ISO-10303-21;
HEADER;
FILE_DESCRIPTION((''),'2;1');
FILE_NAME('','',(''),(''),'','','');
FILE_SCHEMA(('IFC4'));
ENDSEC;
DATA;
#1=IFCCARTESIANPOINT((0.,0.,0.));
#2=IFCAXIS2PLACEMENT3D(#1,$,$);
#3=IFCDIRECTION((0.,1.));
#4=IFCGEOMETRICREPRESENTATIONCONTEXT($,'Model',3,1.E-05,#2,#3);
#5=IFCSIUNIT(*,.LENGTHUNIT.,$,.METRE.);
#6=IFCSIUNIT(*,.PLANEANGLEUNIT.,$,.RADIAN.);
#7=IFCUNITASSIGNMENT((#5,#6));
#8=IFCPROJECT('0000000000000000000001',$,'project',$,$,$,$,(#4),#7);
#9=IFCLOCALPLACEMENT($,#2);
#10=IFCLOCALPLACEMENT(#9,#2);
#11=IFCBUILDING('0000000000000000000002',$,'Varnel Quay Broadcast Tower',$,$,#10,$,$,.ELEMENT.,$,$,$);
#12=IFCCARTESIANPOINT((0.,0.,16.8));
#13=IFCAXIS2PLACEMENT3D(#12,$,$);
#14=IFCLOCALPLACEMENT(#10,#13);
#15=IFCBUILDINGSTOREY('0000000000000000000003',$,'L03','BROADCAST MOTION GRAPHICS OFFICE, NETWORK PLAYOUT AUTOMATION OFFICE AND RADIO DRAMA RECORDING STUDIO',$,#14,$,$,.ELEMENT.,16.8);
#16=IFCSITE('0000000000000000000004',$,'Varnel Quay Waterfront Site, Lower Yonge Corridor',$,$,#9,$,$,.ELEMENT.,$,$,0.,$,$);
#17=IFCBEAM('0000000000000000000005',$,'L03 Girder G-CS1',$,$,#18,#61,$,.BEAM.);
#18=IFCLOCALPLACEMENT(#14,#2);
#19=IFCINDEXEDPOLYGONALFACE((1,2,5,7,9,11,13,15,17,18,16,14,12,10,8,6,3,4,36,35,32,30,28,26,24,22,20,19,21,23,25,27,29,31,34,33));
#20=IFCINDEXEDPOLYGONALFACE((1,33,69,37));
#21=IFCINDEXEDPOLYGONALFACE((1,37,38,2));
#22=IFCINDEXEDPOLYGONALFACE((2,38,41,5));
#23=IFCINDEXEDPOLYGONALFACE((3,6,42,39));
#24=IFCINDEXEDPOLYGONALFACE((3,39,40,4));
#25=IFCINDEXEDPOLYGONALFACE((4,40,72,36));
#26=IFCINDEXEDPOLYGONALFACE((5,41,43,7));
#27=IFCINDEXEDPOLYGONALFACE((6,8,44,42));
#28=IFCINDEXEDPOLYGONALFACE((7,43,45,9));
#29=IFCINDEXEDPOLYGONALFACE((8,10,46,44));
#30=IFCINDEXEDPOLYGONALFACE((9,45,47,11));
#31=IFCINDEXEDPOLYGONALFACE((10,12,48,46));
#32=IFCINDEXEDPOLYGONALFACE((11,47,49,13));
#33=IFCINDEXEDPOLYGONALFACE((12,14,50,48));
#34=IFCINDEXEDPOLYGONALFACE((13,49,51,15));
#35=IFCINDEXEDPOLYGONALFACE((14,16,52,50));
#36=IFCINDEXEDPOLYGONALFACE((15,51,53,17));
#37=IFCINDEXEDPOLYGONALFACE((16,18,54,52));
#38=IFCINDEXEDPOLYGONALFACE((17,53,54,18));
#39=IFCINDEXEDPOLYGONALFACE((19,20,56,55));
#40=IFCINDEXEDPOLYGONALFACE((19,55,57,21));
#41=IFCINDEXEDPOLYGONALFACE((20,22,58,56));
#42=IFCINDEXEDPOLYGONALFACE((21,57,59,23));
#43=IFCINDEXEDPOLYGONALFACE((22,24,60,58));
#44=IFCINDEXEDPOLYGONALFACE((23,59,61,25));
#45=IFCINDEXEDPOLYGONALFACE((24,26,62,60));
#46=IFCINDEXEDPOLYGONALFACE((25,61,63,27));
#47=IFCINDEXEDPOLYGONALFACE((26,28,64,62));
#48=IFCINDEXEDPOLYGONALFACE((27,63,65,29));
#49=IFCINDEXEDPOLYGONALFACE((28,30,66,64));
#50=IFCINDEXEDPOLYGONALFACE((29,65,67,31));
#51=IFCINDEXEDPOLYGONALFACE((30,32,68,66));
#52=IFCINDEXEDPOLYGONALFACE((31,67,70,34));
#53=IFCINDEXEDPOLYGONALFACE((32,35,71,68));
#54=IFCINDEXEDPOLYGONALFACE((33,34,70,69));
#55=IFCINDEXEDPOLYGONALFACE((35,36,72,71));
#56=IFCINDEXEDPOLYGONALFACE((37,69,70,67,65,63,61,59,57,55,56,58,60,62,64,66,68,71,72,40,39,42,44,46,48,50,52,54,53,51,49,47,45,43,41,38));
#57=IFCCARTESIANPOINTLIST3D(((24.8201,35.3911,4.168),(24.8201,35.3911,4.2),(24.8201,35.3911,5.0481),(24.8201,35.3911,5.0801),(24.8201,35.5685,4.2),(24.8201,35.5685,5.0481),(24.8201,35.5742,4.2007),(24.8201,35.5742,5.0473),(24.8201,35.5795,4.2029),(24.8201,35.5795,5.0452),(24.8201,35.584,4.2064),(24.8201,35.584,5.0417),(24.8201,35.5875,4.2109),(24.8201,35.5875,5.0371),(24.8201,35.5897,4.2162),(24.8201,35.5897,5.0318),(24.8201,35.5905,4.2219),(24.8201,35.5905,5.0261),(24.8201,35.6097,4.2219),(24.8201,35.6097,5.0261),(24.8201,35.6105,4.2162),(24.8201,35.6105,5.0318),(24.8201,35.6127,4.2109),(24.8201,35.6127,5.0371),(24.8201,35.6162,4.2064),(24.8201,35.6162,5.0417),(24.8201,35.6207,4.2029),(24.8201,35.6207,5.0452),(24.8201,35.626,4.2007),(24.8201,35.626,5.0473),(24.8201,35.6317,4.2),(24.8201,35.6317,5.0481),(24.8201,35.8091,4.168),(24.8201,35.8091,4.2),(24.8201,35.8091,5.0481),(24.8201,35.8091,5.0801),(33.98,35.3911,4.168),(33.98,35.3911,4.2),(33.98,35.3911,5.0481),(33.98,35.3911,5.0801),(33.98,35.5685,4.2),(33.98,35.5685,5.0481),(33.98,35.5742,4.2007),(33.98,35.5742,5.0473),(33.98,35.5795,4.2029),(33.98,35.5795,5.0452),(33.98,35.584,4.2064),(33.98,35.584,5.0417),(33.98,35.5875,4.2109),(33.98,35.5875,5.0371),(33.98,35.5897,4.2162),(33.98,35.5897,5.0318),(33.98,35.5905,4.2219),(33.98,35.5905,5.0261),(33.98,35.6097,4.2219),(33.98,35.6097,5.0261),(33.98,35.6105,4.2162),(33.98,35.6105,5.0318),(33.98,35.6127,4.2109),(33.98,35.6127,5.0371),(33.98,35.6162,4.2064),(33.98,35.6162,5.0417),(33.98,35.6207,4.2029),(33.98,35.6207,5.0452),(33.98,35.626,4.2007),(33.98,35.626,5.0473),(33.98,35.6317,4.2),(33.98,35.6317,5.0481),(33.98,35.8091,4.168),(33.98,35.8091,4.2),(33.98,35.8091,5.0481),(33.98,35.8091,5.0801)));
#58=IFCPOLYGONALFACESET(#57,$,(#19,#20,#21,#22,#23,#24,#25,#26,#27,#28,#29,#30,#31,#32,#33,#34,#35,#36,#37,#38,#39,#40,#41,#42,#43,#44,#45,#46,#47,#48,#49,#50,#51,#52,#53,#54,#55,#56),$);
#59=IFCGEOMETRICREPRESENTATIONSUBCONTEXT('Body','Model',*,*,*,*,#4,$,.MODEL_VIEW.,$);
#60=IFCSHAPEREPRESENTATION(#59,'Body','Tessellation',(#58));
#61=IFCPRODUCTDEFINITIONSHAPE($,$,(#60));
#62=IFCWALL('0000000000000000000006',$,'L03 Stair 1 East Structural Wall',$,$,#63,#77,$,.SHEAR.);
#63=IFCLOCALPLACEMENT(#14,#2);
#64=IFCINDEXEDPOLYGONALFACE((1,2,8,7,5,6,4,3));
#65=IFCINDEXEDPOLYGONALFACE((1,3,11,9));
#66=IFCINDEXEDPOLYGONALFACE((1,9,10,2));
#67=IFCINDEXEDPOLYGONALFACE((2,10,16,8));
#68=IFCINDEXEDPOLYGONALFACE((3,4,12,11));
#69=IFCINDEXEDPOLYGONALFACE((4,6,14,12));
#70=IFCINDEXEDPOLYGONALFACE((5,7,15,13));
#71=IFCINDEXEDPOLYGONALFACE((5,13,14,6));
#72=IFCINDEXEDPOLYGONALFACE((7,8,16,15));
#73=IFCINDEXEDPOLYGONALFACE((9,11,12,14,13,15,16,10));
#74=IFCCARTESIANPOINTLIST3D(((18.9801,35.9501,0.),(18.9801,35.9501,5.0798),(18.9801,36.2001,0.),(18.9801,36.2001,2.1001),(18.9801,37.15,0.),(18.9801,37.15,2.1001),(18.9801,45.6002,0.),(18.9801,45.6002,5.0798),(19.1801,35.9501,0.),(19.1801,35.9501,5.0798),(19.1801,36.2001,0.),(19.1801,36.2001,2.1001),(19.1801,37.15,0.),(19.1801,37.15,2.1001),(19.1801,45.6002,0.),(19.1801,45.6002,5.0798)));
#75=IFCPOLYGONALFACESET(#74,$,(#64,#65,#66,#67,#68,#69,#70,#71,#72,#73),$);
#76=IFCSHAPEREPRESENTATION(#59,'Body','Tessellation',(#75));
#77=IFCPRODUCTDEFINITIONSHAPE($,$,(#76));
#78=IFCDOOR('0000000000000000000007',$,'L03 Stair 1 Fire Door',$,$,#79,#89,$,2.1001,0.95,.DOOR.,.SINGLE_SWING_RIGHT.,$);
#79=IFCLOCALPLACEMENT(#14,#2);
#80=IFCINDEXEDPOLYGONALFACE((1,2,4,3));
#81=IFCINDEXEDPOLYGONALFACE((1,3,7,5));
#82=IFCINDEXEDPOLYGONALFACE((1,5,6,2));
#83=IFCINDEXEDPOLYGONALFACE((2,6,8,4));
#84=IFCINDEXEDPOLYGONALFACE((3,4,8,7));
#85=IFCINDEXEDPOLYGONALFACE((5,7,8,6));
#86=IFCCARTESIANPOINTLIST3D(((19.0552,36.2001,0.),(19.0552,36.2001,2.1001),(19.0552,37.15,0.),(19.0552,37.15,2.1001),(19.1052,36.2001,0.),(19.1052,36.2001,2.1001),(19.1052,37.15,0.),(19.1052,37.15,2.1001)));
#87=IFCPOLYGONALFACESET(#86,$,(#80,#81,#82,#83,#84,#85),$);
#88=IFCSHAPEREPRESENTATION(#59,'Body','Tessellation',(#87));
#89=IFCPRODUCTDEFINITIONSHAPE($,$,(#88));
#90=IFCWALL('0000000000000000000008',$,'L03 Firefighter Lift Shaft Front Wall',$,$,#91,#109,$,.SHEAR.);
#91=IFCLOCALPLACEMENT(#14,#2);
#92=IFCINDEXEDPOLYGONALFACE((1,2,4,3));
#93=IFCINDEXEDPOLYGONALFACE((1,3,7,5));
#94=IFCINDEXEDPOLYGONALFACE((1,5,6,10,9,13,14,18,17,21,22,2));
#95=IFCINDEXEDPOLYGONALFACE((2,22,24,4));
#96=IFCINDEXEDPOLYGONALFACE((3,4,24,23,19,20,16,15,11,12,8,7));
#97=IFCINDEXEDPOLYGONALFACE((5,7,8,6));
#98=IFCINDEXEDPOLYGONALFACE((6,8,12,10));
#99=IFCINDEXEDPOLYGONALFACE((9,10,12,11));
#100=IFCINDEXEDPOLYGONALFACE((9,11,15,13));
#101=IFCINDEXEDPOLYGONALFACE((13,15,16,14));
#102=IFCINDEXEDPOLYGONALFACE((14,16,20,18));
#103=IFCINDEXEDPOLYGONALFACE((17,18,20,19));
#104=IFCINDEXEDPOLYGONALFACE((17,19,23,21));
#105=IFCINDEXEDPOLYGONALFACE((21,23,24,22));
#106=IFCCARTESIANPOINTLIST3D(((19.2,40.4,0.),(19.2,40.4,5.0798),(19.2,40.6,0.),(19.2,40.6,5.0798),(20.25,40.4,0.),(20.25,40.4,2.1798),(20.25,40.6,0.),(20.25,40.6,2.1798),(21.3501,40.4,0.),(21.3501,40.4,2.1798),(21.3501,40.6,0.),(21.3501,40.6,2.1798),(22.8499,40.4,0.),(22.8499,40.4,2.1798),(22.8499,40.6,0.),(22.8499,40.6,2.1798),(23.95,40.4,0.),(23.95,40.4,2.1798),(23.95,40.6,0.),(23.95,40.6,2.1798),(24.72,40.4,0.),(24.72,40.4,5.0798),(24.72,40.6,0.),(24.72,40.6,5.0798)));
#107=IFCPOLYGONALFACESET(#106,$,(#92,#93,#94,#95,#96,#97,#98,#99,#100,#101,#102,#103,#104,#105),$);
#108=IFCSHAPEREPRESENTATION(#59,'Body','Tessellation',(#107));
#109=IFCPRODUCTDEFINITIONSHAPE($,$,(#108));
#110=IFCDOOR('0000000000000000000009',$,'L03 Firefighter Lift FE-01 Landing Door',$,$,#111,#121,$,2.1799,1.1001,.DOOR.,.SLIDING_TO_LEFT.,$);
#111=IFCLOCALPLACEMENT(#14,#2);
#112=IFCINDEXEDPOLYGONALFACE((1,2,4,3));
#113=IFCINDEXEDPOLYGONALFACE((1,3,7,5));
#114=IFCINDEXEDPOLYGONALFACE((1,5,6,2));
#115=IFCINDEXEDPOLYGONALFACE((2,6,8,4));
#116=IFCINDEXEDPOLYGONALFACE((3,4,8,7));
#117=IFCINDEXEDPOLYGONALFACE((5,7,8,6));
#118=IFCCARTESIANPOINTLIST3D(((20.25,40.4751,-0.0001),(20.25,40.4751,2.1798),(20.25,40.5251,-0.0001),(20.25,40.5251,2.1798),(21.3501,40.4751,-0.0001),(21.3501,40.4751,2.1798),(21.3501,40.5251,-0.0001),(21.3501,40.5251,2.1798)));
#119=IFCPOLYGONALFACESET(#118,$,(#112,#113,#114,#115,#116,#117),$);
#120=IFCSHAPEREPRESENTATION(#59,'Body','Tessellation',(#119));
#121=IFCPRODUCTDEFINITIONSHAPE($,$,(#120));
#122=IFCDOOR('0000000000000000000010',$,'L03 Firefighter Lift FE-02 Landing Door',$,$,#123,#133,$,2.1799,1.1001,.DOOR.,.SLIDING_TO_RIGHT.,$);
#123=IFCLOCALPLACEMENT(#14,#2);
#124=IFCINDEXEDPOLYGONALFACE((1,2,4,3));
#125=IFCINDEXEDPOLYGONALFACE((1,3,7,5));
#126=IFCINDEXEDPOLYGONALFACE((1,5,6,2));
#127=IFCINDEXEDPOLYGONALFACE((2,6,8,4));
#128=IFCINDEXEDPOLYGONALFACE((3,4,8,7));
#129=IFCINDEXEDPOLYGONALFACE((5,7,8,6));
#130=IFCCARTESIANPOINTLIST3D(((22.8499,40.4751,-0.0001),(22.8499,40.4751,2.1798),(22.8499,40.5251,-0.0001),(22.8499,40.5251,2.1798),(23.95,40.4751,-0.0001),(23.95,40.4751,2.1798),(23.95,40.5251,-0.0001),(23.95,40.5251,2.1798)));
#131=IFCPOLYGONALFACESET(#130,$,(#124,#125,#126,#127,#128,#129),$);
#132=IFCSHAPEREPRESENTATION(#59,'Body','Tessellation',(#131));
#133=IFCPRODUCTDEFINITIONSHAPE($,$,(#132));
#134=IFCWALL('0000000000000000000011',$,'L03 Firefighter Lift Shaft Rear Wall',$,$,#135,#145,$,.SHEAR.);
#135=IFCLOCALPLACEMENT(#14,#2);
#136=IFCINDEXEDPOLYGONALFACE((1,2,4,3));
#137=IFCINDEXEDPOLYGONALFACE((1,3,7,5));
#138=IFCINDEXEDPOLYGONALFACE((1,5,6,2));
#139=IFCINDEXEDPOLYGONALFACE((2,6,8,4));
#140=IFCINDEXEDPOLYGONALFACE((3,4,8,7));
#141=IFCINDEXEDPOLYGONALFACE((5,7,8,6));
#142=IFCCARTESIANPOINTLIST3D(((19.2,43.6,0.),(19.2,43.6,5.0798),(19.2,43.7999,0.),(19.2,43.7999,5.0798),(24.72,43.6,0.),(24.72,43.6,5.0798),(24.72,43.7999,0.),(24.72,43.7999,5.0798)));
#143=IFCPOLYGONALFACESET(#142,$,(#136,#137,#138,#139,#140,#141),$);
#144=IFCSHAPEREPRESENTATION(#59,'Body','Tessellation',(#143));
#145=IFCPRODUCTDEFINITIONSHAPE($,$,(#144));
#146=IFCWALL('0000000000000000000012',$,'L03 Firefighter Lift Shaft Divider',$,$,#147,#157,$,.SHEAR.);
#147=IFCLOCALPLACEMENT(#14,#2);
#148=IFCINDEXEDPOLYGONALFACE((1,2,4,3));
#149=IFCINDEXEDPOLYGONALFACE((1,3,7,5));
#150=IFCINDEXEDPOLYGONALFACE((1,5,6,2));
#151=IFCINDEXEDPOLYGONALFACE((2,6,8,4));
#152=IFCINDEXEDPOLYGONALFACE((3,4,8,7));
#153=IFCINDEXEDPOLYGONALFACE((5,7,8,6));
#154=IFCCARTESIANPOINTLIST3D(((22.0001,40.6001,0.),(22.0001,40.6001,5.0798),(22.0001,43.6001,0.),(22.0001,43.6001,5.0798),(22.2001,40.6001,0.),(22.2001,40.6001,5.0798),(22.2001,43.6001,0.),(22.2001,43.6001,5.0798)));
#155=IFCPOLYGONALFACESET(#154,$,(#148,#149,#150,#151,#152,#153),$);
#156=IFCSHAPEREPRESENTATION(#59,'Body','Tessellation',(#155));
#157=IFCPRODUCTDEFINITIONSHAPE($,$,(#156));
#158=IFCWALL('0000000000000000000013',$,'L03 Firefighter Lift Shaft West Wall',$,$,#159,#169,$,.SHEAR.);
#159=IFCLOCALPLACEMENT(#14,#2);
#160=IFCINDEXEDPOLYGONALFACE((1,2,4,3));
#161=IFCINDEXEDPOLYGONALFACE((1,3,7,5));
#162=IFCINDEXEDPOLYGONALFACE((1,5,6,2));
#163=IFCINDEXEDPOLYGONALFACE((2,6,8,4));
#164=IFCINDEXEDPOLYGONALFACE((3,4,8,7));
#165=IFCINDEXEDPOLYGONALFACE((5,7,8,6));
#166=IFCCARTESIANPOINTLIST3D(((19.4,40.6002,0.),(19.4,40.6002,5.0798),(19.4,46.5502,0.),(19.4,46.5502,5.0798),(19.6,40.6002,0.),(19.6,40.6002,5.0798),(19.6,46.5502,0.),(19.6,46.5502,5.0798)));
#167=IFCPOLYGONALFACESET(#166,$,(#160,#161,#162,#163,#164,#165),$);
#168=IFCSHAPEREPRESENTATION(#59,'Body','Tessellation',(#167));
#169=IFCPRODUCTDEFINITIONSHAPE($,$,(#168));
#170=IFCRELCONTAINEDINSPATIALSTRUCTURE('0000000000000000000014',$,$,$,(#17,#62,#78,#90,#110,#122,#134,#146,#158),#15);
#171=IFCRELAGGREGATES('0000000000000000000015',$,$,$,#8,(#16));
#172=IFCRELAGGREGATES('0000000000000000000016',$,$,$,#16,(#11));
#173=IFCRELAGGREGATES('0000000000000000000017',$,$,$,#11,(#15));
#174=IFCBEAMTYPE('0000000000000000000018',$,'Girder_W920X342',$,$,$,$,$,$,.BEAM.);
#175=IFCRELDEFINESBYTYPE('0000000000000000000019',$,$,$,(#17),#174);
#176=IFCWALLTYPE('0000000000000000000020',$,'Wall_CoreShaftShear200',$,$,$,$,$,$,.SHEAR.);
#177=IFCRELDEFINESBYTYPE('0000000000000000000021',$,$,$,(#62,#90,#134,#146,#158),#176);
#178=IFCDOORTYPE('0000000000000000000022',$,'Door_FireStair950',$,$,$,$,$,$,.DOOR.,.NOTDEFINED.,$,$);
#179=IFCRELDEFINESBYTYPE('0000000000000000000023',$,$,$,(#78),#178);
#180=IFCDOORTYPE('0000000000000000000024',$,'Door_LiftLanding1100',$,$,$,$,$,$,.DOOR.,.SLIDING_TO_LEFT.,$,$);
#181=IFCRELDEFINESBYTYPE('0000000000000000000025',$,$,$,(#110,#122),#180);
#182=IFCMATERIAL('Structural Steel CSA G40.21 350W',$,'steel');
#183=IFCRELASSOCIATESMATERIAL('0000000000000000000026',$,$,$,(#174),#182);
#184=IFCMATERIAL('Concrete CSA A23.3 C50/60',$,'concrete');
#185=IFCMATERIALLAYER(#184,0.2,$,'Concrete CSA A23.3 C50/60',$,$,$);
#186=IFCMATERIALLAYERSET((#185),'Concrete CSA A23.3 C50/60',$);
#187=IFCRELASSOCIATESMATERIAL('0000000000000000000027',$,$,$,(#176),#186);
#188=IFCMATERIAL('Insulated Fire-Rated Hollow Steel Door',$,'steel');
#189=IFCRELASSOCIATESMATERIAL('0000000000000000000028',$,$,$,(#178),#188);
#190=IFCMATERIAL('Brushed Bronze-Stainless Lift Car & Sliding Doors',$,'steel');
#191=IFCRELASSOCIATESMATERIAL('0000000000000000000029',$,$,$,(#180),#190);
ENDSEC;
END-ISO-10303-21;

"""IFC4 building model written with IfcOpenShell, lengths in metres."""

from ifc_helpers import new_model, si_unit, direction, frame, frame_2d, origin, origin_2d, place, context, subcontext, project, spatial, rectangle, i_section, extrude, source, transform, mapped, material, layer, layer_set, material_profile, profile_set, type_object, type_shapes, element, fill, save


model = new_model("IFC4")

# Units and contexts
model_context = context("Model", 3, precision=1e-05, world=origin(), true_north=direction((0.0, 1.0)))
body_context = subcontext(model_context, "Body", "Model", "MODEL_VIEW")
ifc_project = project(units=[si_unit("LENGTHUNIT", "METRE"), si_unit("PLANEANGLEUNIT", "RADIAN")], contexts=[model_context])

# Site, building, storey
site_placement = place(None, origin())
site = spatial("IfcSite", under=ifc_project, at=site_placement, Name="Varnel Quay Waterfront Site, Lower Yonge Corridor", CompositionType="ELEMENT", RefElevation=0.0)
building_placement = place(site_placement, origin())
building = spatial("IfcBuilding", under=site, at=building_placement, Name="Varnel Quay Broadcast Tower", CompositionType="ELEMENT")
storey_placement = place(building_placement, frame((0.0, 0.0, 16.8)))
storey = spatial("IfcBuildingStorey", under=building, at=storey_placement, Name="L03", Description="BROADCAST MOTION GRAPHICS OFFICE, NETWORK PLAYOUT AUTOMATION OFFICE AND RADIO DRAMA RECORDING STUDIO", CompositionType="ELEMENT", Elevation=16.8)

# Beam
ifc_material_1 = material(Name="Structural Steel CSA G40.21 350W", Category="steel")
ifc_material_profile_1 = material_profile(ifc_material_1, i_section(OverallWidth=0.418, OverallDepth=0.9121, WebThickness=0.0193, FlangeThickness=0.032, FilletRadius=0.022, at=origin_2d()), Name="W920X342")
ifc_profile_set_1 = profile_set([ifc_material_profile_1], Name="Structural Steel CSA G40.21 350W")
beam_type_1 = type_object("IfcBeamType", Name="Girder_W920X342", PredefinedType="BEAM", material=ifc_profile_set_1)
shared_shape_1 = source(origin(), body_context, "Body", "SweptSolid", [
    extrude(i_section(OverallWidth=0.418, OverallDepth=0.9121, WebThickness=0.0193, FlangeThickness=0.032, FilletRadius=0.022, at=origin_2d()), origin(), (0.0, 0.0, 1.0), 9.1599),
])
type_shapes(beam_type_1, [shared_shape_1])
beam_1_placement = place(storey_placement, frame((24.8201, 35.6001, 4.624), z_axis=(1.0, 0.0, 0.0), x_axis=(0.0, 1.0, 0.0)))
element("IfcBeam", 1, at=beam_1_placement, inside=storey, type_object=beam_type_1, Name="L03 Girder G-CS1", PredefinedType="BEAM", context=body_context, shape_type="MappedRepresentation", body=[
    mapped(shared_shape_1, transform((0.0, 0.0, 0.0), x_axis=(1.0, 0.0, 0.0), y_axis=(0.0, 1.0, 0.0), z_axis=(0.0, 0.0, 1.0), scale=1.0)),
])

# Wall, opening, door
ifc_material_2 = material(Name="Concrete CSA A23.3 C50/60", Category="concrete")
ifc_layer_1 = layer(ifc_material_2, 0.2, Name="Concrete CSA A23.3 C50/60")
ifc_layer_set_1 = layer_set([ifc_layer_1], Name="Concrete CSA A23.3 C50/60")
wall_type_1 = type_object("IfcWallType", Name="Wall_CoreShaftShear200", PredefinedType="SHEAR", material=ifc_layer_set_1)
wall_1_placement = place(storey_placement, frame((19.0801, 35.95, 0.0), z_axis=(0.0, 0.0, 1.0), x_axis=(0.0, 1.0, 0.0)))
wall_1 = element("IfcWall", 2, at=wall_1_placement, inside=storey, type_object=wall_type_1, Name="L03 Stair 1 East Structural Wall", PredefinedType="SHEAR", context=body_context, shape_type="SweptSolid", body=[
    extrude(rectangle(XDim=9.6501, YDim=0.2, at=frame_2d((4.8252, 0.0))), origin(), (0.0, 0.0, 1.0), 5.0798),
])
opening_1_placement = place(wall_1_placement, frame((0.25, 0.0, 0.0)))
opening_1 = element("IfcOpeningElement", 3, at=opening_1_placement, cuts=wall_1, PredefinedType="OPENING", context=body_context, shape_type="SweptSolid", body=[
    extrude(rectangle(XDim=0.95, YDim=2.1001, at=frame_2d((0.4751, 1.05))), frame((0.0, 0.1099, 0.0), z_axis=(0.0, -1.0, 0.0), x_axis=(1.0, 0.0, 0.0)), (0.0, 0.0, 1.0), 0.22),
])
ifc_material_3 = material(Name="Insulated Fire-Rated Hollow Steel Door", Category="steel")
door_type_1 = type_object("IfcDoorType", Name="Door_FireStair950", OperationType="NOTDEFINED", PredefinedType="DOOR", material=ifc_material_3)
shared_shape_2 = source(origin(), body_context, "Body", "SweptSolid", [
    extrude(rectangle(XDim=0.95, YDim=2.1001, at=frame_2d((0.4751, 1.05))), frame((0.0, 0.0249, 0.0), z_axis=(0.0, -1.0, 0.0), x_axis=(1.0, 0.0, 0.0)), (0.0, 0.0, 1.0), 0.05),
])
type_shapes(door_type_1, [shared_shape_2])
door_1_placement = place(opening_1_placement, origin())
door_1 = element("IfcDoor", 4, at=door_1_placement, inside=storey, type_object=door_type_1, Name="L03 Stair 1 Fire Door", OperationType="SINGLE_SWING_RIGHT", OverallHeight=2.1001, OverallWidth=0.95, PredefinedType="DOOR", context=body_context, shape_type="MappedRepresentation", body=[
    mapped(shared_shape_2, transform((0.0, 0.0, 0.0), x_axis=(1.0, 0.0, 0.0), y_axis=(0.0, 1.0, 0.0), z_axis=(0.0, 0.0, 1.0), scale=1.0)),
])
fill(opening_1, door_1)

# Wall, openings, doors
wall_2_placement = place(storey_placement, frame((19.2, 40.5, 0.0), z_axis=(0.0, 0.0, 1.0), x_axis=(1.0, 0.0, 0.0)))
wall_2 = element("IfcWall", 5, at=wall_2_placement, inside=storey, type_object=wall_type_1, Name="L03 Firefighter Lift Shaft Front Wall", PredefinedType="SHEAR", context=body_context, shape_type="SweptSolid", body=[
    extrude(rectangle(XDim=5.52, YDim=0.2, at=frame_2d((2.76, 0.0))), origin(), (0.0, 0.0, 1.0), 5.0798),
])
opening_2_placement = place(wall_2_placement, frame((1.05, 0.0, 0.0)))
opening_2 = element("IfcOpeningElement", 6, at=opening_2_placement, cuts=wall_2, PredefinedType="OPENING", context=body_context, shape_type="SweptSolid", body=[
    extrude(rectangle(XDim=1.1001, YDim=2.1799, at=frame_2d((0.55, 1.0898))), frame((0.0, 0.1099, 0.0), z_axis=(0.0, -1.0, 0.0), x_axis=(1.0, 0.0, 0.0)), (0.0, 0.0, 1.0), 0.22),
])
opening_3_placement = place(wall_2_placement, frame((3.6499, 0.0, 0.0)))
opening_3 = element("IfcOpeningElement", 7, at=opening_3_placement, cuts=wall_2, PredefinedType="OPENING", context=body_context, shape_type="SweptSolid", body=[
    extrude(rectangle(XDim=1.1001, YDim=2.1799, at=frame_2d((0.55, 1.0898))), frame((0.0, 0.1099, 0.0), z_axis=(0.0, -1.0, 0.0), x_axis=(1.0, 0.0, 0.0)), (0.0, 0.0, 1.0), 0.22),
])
ifc_material_4 = material(Name="Brushed Bronze-Stainless Lift Car & Sliding Doors", Category="steel")
door_type_2 = type_object("IfcDoorType", Name="Door_LiftLanding1100", OperationType="SLIDING_TO_LEFT", PredefinedType="DOOR", material=ifc_material_4)
shared_shape_3 = source(origin(), body_context, "Body", "SweptSolid", [
    extrude(rectangle(XDim=1.1001, YDim=2.1799, at=frame_2d((0.55, 1.0898))), frame((0.0, 0.0249, 0.0), z_axis=(0.0, -1.0, 0.0), x_axis=(1.0, 0.0, 0.0)), (0.0, 0.0, 1.0), 0.05),
])
type_shapes(door_type_2, [shared_shape_3])
door_2_placement = place(opening_2_placement, frame((1.1001, 0.0, 0.0), z_axis=(0.0, 0.0, 1.0), x_axis=(-1.0, 0.0, 0.0)))
door_2 = element("IfcDoor", 8, at=door_2_placement, inside=storey, type_object=door_type_2, Name="L03 Firefighter Lift FE-01 Landing Door", OperationType="SLIDING_TO_LEFT", OverallHeight=2.1799, OverallWidth=1.1001, PredefinedType="DOOR", context=body_context, shape_type="MappedRepresentation", body=[
    mapped(shared_shape_3, transform((0.0, 0.0, 0.0), x_axis=(1.0, 0.0, 0.0), y_axis=(0.0, 1.0, 0.0), z_axis=(0.0, 0.0, 1.0), scale=1.0)),
])
fill(opening_2, door_2)
door_3_placement = place(opening_3_placement, frame((1.1001, 0.0, 0.0), z_axis=(0.0, 0.0, 1.0), x_axis=(-1.0, 0.0, 0.0)))
door_3 = element("IfcDoor", 9, at=door_3_placement, inside=storey, type_object=door_type_2, Name="L03 Firefighter Lift FE-02 Landing Door", OperationType="SLIDING_TO_RIGHT", OverallHeight=2.1799, OverallWidth=1.1001, PredefinedType="DOOR", context=body_context, shape_type="MappedRepresentation", body=[
    mapped(shared_shape_3, transform((0.0, 0.0, 0.0), x_axis=(1.0, 0.0, 0.0), y_axis=(0.0, 1.0, 0.0), z_axis=(0.0, 0.0, 1.0), scale=1.0)),
])
fill(opening_3, door_3)

# Walls
wall_3_placement = place(storey_placement, frame((19.2, 43.7, 0.0), z_axis=(0.0, 0.0, 1.0), x_axis=(1.0, 0.0, 0.0)))
element("IfcWall", 10, at=wall_3_placement, inside=storey, type_object=wall_type_1, Name="L03 Firefighter Lift Shaft Rear Wall", PredefinedType="SHEAR", context=body_context, shape_type="SweptSolid", body=[
    extrude(rectangle(XDim=5.52, YDim=0.2, at=frame_2d((2.76, 0.0))), origin(), (0.0, 0.0, 1.0), 5.0798),
])
wall_4_placement = place(storey_placement, frame((22.1001, 40.6001, 0.0), z_axis=(0.0, 0.0, 1.0), x_axis=(0.0, 1.0, 0.0)))
element("IfcWall", 11, at=wall_4_placement, inside=storey, type_object=wall_type_1, Name="L03 Firefighter Lift Shaft Divider", PredefinedType="SHEAR", context=body_context, shape_type="SweptSolid", body=[
    extrude(rectangle(XDim=3.0, YDim=0.2, at=frame_2d((1.5, 0.0))), origin(), (0.0, 0.0, 1.0), 5.0798),
])
wall_5_placement = place(storey_placement, frame((19.5, 40.6001, 0.0), z_axis=(0.0, 0.0, 1.0), x_axis=(0.0, 1.0, 0.0)))
element("IfcWall", 12, at=wall_5_placement, inside=storey, type_object=wall_type_1, Name="L03 Firefighter Lift Shaft West Wall", PredefinedType="SHEAR", context=body_context, shape_type="SweptSolid", body=[
    extrude(rectangle(XDim=5.95, YDim=0.2, at=frame_2d((2.9751, 0.0))), origin(), (0.0, 0.0, 1.0), 5.0798),
])

save(model, "model.ifc")
